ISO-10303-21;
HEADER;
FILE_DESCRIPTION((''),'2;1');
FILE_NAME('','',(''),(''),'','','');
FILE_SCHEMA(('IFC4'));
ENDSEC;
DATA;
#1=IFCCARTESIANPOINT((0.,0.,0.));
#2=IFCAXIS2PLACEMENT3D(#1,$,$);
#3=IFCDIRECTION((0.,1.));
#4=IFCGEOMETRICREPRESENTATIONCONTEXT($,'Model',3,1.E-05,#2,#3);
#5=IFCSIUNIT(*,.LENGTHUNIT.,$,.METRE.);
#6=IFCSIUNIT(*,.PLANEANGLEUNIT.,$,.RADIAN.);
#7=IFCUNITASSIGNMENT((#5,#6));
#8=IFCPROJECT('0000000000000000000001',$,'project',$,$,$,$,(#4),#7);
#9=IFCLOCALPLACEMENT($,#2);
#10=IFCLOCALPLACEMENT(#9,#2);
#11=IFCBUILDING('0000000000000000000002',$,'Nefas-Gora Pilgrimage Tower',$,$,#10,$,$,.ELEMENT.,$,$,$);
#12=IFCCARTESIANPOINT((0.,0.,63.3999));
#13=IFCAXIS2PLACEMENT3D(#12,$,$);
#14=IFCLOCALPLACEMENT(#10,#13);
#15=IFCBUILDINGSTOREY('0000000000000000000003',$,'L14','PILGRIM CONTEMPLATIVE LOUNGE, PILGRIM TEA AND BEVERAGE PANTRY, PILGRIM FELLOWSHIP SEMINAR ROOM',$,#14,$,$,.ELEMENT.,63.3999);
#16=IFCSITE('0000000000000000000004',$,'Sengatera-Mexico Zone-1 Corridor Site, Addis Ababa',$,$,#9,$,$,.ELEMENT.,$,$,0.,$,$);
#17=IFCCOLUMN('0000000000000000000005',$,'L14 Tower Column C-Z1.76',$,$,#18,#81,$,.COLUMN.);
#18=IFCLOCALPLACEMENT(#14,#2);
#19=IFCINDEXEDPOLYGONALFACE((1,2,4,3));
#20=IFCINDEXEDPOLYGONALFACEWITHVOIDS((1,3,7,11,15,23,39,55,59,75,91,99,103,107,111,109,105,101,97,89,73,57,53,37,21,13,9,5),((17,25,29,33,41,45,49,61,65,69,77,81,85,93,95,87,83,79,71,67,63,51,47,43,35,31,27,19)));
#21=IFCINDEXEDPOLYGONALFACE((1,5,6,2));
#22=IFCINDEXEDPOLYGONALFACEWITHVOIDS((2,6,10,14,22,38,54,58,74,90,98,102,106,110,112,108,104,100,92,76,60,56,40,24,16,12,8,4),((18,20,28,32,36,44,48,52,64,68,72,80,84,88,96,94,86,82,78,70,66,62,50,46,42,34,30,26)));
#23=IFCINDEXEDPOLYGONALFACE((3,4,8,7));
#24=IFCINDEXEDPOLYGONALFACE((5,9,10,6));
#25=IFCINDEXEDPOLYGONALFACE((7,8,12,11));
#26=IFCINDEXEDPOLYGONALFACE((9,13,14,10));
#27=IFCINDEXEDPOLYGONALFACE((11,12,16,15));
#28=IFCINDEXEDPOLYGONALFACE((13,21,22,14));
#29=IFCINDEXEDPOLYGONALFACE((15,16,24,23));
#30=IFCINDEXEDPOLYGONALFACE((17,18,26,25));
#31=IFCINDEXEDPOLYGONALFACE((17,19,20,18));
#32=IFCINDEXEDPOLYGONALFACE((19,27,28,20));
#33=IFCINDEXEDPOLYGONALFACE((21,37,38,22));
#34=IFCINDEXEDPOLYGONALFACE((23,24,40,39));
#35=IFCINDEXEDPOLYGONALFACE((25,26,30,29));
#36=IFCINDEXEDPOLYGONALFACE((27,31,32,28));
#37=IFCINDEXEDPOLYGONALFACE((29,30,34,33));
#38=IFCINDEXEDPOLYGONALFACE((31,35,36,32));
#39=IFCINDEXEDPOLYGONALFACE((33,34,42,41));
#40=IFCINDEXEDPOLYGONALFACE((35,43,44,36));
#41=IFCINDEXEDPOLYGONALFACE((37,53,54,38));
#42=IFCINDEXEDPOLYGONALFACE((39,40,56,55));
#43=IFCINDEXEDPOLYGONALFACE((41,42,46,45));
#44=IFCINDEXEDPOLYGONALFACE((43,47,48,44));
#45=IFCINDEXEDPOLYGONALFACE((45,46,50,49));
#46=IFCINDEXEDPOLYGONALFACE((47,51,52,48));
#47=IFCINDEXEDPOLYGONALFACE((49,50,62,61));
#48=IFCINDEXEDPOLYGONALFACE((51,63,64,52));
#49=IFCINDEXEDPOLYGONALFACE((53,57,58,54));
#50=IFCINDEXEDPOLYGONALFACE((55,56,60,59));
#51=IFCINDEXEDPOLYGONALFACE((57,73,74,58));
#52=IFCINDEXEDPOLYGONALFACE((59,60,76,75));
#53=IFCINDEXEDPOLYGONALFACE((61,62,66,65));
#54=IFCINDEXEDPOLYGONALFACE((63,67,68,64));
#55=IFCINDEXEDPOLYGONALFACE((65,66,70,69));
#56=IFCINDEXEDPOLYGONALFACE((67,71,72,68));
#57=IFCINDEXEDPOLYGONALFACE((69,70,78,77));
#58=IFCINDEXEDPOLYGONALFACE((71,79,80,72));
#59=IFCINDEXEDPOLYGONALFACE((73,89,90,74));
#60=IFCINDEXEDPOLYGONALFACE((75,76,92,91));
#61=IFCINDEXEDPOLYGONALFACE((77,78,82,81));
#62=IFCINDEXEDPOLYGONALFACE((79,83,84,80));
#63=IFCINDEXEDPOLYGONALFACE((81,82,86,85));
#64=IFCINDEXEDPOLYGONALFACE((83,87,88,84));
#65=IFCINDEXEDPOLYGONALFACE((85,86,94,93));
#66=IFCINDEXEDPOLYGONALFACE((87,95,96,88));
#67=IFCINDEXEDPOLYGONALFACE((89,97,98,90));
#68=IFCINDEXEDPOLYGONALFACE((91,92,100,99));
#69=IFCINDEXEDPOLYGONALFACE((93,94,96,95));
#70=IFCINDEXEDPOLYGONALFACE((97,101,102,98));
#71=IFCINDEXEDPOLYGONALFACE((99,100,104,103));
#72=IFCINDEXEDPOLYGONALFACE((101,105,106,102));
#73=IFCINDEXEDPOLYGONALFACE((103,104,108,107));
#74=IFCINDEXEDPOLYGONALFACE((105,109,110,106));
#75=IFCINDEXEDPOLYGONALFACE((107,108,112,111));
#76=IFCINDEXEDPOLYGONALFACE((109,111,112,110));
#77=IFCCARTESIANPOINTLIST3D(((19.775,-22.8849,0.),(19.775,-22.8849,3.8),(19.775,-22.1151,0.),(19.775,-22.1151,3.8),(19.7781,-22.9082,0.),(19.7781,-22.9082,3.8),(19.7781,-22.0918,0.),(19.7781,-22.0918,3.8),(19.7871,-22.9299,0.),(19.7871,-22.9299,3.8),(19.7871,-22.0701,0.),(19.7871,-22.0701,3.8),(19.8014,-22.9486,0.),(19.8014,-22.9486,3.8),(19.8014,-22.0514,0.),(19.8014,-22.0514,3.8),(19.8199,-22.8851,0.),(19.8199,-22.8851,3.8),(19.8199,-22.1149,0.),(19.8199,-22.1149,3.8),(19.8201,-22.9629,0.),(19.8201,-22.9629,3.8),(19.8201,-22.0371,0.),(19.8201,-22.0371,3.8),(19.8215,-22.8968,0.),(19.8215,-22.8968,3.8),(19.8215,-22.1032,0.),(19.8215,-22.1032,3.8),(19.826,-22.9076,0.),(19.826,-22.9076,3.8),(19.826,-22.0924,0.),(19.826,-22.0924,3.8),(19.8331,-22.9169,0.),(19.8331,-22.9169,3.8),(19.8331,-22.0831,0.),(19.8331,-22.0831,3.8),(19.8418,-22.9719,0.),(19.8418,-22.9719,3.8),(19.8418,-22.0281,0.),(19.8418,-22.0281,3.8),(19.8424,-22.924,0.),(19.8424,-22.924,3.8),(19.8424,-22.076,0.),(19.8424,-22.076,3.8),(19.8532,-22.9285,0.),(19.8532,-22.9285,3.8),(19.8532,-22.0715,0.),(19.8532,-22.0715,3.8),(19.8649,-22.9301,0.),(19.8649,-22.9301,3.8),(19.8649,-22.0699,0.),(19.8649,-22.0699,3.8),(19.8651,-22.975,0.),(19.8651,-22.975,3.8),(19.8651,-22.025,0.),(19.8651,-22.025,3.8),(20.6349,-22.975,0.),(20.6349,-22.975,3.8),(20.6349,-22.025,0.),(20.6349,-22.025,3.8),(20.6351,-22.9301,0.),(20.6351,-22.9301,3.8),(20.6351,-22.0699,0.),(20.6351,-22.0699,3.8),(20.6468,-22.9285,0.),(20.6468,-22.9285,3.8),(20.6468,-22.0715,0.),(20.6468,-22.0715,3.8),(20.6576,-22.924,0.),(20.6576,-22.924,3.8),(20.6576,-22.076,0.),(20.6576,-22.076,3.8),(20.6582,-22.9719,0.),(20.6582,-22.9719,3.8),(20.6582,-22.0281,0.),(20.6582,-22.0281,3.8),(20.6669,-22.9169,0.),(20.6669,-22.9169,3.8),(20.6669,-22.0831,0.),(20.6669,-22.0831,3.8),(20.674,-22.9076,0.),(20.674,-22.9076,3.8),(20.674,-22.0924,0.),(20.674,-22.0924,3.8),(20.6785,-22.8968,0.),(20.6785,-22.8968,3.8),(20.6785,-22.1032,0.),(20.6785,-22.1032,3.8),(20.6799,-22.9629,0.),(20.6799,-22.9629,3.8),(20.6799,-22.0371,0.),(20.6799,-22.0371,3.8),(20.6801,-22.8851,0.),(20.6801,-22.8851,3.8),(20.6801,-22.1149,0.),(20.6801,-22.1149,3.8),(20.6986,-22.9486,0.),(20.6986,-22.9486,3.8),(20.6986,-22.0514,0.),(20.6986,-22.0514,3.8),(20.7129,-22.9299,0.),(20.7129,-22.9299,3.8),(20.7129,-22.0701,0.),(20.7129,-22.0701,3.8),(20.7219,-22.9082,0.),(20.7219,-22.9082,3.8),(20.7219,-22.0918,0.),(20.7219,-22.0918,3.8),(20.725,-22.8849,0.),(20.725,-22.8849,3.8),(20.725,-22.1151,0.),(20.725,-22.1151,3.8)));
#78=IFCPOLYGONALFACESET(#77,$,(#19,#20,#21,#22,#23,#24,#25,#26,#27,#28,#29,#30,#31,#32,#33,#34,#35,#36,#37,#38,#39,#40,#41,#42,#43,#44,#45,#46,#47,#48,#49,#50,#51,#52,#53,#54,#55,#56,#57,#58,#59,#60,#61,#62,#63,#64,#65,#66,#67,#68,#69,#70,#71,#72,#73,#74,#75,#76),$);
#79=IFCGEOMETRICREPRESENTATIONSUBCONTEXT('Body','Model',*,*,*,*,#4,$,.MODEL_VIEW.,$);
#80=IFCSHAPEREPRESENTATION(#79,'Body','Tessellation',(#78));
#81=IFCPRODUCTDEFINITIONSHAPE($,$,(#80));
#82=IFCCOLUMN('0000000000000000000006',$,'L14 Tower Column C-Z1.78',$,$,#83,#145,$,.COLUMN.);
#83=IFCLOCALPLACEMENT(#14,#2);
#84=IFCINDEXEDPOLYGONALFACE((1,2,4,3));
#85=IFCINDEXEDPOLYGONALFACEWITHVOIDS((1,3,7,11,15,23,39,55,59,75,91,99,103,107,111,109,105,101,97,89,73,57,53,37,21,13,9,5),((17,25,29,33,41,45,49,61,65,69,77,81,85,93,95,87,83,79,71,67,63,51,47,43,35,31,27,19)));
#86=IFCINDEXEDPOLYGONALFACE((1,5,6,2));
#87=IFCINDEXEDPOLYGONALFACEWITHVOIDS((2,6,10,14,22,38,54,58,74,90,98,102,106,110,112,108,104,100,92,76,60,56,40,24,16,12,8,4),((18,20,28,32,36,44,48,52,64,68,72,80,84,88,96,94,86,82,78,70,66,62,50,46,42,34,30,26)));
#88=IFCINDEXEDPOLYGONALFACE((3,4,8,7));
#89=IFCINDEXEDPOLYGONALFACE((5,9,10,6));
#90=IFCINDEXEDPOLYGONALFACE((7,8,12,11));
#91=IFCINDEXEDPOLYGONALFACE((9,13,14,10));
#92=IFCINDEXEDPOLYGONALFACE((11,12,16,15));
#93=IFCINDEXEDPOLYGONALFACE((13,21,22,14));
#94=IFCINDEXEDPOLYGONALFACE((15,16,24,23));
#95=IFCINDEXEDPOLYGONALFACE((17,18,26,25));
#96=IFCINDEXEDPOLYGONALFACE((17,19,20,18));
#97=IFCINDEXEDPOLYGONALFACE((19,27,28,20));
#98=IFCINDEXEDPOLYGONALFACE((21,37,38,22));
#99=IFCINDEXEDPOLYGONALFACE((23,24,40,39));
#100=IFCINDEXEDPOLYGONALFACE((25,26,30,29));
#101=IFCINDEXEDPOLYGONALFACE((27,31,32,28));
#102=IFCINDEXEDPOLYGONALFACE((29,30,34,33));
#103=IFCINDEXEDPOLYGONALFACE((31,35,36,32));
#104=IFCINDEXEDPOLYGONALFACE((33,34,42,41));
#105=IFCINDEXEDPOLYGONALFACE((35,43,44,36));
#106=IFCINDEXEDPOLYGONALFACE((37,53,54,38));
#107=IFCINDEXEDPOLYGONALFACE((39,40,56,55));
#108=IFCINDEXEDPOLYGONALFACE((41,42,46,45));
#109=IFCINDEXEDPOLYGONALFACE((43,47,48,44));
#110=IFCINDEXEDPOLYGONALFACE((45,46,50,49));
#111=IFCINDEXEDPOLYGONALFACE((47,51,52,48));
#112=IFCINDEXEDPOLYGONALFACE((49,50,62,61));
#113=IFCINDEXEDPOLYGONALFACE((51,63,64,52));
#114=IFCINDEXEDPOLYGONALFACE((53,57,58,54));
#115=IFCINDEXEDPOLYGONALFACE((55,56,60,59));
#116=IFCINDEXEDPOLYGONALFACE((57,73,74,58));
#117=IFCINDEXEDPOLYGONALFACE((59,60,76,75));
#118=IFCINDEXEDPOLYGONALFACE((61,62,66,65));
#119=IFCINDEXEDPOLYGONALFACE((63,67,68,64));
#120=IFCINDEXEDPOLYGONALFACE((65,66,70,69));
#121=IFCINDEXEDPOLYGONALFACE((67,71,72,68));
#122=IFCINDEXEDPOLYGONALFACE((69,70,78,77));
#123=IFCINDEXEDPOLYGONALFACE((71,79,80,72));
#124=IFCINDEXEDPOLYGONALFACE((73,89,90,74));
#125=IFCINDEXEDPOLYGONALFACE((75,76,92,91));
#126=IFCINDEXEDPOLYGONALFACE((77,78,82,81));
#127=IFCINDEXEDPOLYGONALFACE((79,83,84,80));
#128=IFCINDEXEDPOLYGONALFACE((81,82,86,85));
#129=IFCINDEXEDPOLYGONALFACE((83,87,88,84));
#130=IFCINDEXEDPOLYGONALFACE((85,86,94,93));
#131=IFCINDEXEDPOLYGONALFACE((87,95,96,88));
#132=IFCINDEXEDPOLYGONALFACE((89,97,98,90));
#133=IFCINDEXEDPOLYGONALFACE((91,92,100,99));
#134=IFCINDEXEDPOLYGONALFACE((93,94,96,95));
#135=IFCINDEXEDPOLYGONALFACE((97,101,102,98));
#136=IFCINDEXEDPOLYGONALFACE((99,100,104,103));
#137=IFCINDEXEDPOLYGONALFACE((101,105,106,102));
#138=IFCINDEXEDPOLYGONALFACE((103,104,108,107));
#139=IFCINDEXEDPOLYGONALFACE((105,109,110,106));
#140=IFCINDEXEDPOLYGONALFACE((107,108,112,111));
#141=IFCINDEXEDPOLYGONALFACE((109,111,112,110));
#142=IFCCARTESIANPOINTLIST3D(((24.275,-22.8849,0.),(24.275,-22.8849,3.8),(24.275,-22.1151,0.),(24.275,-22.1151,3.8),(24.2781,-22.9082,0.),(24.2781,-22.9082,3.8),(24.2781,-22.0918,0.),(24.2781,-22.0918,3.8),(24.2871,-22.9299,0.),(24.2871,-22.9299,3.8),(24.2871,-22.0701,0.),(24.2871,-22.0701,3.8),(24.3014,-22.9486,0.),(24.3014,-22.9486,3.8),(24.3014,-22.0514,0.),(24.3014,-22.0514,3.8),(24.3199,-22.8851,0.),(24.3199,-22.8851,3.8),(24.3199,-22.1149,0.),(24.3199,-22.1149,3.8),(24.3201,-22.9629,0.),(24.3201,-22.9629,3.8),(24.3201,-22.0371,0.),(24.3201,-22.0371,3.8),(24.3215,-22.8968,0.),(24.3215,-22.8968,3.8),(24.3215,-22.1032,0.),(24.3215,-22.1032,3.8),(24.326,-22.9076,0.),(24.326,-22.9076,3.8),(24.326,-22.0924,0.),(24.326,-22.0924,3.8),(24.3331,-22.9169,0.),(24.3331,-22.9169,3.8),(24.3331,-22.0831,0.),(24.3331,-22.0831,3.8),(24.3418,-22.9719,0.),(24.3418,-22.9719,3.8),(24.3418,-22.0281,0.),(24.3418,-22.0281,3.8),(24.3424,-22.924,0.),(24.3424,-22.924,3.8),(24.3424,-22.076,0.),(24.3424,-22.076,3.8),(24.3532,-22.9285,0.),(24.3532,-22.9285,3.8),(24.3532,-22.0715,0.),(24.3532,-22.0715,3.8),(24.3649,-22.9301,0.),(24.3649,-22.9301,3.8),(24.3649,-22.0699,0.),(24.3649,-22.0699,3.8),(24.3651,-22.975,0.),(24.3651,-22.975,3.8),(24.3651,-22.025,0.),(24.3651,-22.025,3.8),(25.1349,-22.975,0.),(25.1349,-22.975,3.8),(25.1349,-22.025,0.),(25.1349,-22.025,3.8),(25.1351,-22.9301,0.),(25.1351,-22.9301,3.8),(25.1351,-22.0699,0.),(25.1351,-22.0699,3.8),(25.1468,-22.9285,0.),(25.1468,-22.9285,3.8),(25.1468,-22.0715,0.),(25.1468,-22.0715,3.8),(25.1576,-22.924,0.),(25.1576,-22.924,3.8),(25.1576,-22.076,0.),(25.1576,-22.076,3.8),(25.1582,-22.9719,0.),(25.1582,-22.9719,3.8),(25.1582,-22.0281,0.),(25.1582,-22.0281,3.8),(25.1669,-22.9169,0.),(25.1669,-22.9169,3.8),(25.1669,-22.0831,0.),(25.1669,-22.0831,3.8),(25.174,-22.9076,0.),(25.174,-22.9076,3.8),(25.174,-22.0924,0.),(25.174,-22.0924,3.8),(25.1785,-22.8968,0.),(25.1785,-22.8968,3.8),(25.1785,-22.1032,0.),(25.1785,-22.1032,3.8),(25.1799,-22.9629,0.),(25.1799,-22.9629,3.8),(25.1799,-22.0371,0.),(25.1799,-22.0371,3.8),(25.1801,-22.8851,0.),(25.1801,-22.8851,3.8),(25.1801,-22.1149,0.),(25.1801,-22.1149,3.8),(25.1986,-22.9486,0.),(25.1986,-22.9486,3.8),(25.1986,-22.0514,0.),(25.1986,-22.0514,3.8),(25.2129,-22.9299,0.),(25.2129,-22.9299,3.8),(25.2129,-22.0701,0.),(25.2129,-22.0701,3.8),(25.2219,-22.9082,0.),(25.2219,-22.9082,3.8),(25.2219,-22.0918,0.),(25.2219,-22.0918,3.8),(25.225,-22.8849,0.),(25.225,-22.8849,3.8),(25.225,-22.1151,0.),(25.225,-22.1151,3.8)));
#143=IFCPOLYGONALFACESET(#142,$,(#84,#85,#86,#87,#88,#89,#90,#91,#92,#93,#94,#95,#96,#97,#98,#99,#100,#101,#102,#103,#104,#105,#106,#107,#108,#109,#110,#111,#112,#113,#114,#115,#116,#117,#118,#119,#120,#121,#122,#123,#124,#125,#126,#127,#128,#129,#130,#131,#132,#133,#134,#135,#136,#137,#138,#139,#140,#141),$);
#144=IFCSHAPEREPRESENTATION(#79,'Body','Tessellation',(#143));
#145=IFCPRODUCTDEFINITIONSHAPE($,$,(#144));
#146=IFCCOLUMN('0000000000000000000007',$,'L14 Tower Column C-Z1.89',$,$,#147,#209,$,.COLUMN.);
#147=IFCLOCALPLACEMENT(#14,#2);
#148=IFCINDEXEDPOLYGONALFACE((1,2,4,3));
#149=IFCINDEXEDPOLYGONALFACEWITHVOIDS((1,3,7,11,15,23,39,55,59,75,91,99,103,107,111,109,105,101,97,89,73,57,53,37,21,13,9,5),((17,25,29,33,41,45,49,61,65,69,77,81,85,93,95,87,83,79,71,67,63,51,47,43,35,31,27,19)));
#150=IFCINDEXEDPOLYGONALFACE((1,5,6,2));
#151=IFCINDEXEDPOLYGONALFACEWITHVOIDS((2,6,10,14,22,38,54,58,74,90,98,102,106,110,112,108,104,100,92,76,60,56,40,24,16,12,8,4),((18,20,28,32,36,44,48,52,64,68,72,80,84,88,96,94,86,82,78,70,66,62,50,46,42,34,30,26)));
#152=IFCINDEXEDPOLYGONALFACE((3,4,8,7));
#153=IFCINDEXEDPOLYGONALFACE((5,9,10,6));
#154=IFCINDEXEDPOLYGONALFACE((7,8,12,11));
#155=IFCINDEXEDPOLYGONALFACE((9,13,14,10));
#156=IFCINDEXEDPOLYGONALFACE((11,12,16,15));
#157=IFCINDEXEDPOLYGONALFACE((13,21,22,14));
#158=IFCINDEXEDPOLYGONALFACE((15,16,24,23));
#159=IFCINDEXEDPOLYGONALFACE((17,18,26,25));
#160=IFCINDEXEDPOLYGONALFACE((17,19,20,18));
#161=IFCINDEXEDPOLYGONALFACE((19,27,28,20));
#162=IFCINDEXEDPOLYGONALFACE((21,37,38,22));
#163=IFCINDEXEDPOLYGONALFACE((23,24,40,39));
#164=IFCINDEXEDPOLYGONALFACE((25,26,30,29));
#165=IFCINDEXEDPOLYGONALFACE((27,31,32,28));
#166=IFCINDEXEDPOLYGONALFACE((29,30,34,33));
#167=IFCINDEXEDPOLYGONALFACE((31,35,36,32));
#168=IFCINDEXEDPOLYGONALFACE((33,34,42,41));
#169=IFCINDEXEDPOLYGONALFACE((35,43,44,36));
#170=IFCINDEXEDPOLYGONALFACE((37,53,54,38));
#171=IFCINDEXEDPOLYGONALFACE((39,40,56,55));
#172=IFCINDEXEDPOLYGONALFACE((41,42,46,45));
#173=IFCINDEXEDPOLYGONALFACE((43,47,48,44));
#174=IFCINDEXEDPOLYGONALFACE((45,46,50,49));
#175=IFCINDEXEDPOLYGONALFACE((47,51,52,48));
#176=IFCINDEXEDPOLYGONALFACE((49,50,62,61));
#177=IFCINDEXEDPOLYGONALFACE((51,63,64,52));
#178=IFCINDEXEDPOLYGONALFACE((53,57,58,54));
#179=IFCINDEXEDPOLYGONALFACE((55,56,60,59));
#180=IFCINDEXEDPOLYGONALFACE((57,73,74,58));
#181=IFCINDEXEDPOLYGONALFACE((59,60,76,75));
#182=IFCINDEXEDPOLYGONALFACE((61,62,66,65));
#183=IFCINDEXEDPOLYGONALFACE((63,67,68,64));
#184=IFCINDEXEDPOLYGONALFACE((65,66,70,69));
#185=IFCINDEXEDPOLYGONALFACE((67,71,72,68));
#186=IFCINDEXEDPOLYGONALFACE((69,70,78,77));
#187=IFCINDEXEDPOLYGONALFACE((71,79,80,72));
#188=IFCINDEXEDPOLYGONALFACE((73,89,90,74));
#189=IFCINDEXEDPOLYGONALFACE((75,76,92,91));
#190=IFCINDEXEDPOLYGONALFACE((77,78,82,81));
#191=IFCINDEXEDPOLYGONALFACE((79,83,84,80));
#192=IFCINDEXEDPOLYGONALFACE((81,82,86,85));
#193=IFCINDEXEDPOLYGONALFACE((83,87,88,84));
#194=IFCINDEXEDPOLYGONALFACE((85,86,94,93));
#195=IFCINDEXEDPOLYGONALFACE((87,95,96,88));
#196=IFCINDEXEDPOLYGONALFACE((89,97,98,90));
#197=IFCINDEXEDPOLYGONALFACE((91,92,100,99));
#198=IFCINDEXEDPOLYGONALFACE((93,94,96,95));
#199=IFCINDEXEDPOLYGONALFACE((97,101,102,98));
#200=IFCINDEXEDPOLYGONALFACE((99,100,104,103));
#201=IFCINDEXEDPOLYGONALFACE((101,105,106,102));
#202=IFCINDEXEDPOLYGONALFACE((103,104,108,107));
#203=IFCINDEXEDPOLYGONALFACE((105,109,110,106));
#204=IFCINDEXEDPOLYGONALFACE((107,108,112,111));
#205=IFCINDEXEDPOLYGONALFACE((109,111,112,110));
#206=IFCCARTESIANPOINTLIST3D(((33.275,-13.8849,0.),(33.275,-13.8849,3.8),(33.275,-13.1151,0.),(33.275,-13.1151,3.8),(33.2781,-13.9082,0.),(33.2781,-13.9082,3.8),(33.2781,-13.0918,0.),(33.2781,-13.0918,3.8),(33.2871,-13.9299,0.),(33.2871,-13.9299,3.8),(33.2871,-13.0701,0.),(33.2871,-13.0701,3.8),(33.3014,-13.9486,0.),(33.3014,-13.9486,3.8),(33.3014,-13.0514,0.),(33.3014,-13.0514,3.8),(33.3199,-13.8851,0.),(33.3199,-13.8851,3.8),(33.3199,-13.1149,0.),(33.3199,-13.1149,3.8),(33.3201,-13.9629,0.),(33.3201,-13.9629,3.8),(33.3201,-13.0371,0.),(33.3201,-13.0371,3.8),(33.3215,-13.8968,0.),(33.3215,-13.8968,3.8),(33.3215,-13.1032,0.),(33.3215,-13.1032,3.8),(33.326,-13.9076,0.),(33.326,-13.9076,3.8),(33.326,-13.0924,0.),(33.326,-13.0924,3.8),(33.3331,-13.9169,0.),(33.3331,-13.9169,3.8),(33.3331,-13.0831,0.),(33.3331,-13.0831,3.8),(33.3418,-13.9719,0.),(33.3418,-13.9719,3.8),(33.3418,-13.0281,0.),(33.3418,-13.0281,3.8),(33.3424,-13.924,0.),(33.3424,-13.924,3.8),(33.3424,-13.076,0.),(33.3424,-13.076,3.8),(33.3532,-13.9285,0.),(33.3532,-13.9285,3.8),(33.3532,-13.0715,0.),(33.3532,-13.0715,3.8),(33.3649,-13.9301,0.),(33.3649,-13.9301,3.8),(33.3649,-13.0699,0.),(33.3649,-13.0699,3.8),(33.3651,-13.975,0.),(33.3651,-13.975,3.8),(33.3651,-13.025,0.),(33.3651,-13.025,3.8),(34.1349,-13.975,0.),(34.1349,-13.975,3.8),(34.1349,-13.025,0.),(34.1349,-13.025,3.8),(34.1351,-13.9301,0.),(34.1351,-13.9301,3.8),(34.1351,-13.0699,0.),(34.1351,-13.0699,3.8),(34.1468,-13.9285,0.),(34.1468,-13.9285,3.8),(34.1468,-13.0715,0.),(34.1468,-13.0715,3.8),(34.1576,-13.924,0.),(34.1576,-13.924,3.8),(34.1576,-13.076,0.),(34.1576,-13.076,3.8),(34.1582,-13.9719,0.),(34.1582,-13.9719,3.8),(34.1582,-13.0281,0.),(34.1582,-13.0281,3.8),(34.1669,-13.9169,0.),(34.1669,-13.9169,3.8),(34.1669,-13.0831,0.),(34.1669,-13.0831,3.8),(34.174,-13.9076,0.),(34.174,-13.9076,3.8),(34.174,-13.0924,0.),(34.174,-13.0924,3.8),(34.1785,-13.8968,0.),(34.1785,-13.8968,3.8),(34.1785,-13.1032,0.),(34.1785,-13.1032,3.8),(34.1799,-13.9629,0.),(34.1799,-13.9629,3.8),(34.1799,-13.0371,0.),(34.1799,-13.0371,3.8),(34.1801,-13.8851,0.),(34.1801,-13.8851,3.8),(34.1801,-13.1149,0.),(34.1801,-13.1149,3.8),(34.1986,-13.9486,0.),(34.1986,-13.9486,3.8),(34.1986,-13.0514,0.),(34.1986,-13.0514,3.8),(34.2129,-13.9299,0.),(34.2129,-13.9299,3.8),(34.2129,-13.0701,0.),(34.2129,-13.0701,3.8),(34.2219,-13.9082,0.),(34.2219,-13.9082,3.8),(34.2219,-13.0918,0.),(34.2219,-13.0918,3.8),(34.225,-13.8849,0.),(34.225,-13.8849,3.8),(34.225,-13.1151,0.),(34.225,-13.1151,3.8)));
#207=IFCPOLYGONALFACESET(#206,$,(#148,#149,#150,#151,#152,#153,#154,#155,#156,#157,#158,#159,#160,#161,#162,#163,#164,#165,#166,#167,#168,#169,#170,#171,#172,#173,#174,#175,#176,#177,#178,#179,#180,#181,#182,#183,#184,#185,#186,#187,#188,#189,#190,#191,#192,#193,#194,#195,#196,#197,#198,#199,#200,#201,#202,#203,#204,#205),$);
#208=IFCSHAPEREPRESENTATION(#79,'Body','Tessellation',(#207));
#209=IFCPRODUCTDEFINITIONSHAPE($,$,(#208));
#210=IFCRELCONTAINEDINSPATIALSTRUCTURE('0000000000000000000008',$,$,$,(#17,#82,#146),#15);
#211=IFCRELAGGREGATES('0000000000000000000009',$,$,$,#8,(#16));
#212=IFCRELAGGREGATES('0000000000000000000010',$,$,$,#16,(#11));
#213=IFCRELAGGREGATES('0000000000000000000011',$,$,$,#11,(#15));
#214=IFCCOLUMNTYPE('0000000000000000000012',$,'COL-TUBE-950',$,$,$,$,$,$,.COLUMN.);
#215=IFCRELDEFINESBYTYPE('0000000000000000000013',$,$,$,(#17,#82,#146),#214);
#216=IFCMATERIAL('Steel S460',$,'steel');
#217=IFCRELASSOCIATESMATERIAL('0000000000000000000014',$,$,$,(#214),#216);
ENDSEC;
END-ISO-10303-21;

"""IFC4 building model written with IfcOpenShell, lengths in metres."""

from ifc_helpers import new_model, si_unit, direction, frame, origin, origin_2d, place, context, subcontext, project, spatial, hollow_rectangle, extrude, source, transform, mapped, material, material_profile, profile_set, type_object, element, save


model = new_model("IFC4")

# Units and contexts
model_context = context("Model", 3, precision=1e-05, world=origin(), true_north=direction((0.0, 1.0)))
body_context = subcontext(model_context, "Body", "Model", "MODEL_VIEW")
ifc_project = project(units=[si_unit("LENGTHUNIT", "METRE"), si_unit("PLANEANGLEUNIT", "RADIAN")], contexts=[model_context])

# Site, building, storey
site_placement = place(None, origin())
site = spatial("IfcSite", under=ifc_project, at=site_placement, Name="Sengatera-Mexico Zone-1 Corridor Site, Addis Ababa", CompositionType="ELEMENT", RefElevation=0.0)
building_placement = place(site_placement, origin())
building = spatial("IfcBuilding", under=site, at=building_placement, Name="Nefas-Gora Pilgrimage Tower", CompositionType="ELEMENT")
storey_placement = place(building_placement, frame((0.0, 0.0, 63.3999)))
storey = spatial("IfcBuildingStorey", under=building, at=storey_placement, Name="L14", Description="PILGRIM CONTEMPLATIVE LOUNGE, PILGRIM TEA AND BEVERAGE PANTRY, PILGRIM FELLOWSHIP SEMINAR ROOM", CompositionType="ELEMENT", Elevation=63.3999)

# Columns
ifc_material_1 = material(Name="Steel S460", Category="steel")
ifc_material_profile_1 = material_profile(ifc_material_1, hollow_rectangle(XDim=0.95, YDim=0.95, WallThickness=0.0449, InnerFilletRadius=0.0449, OuterFilletRadius=0.0901, at=origin_2d()), Name="BOX 950x950x45")
ifc_profile_set_1 = profile_set([ifc_material_profile_1], Name="Steel S460")
column_type_1 = type_object("IfcColumnType", Name="COL-TUBE-950", PredefinedType="COLUMN", material=ifc_profile_set_1)
shared_shape_1 = source(origin(), body_context, "Body", "SweptSolid", [
    extrude(hollow_rectangle(XDim=0.95, YDim=0.95, WallThickness=0.0449, InnerFilletRadius=0.0449, OuterFilletRadius=0.0901, at=origin_2d()), origin(), (0.0, 0.0, 1.0), 3.8),
])
for number, where, z_axis, x_axis, name in (
    (1, (20.25, -22.5, 0.0), (0.0, 0.0, 1.0), (1.0, 0.0, 0.0), "L14 Tower Column C-Z1.76"),
    (2, (24.75, -22.5, 0.0), (0.0, 0.0, 1.0), (1.0, 0.0, 0.0), "L14 Tower Column C-Z1.78"),
    (3, (33.75, -13.5, 0.0), (0.0, 0.0, 1.0), (1.0, 0.0, 0.0), "L14 Tower Column C-Z1.89"),
):
    element("IfcColumn", number, at=place(storey_placement, frame(where, z_axis=z_axis, x_axis=x_axis)), inside=storey, type_object=column_type_1, Name=name, PredefinedType="COLUMN", context=body_context, shape_type="MappedRepresentation", body=[
        mapped(shared_shape_1, transform((0.0, 0.0, 0.0), x_axis=(1.0, 0.0, 0.0), y_axis=(0.0, 1.0, 0.0), z_axis=(0.0, 0.0, 1.0), scale=1.0)),
    ])

save(model, "model.ifc")
